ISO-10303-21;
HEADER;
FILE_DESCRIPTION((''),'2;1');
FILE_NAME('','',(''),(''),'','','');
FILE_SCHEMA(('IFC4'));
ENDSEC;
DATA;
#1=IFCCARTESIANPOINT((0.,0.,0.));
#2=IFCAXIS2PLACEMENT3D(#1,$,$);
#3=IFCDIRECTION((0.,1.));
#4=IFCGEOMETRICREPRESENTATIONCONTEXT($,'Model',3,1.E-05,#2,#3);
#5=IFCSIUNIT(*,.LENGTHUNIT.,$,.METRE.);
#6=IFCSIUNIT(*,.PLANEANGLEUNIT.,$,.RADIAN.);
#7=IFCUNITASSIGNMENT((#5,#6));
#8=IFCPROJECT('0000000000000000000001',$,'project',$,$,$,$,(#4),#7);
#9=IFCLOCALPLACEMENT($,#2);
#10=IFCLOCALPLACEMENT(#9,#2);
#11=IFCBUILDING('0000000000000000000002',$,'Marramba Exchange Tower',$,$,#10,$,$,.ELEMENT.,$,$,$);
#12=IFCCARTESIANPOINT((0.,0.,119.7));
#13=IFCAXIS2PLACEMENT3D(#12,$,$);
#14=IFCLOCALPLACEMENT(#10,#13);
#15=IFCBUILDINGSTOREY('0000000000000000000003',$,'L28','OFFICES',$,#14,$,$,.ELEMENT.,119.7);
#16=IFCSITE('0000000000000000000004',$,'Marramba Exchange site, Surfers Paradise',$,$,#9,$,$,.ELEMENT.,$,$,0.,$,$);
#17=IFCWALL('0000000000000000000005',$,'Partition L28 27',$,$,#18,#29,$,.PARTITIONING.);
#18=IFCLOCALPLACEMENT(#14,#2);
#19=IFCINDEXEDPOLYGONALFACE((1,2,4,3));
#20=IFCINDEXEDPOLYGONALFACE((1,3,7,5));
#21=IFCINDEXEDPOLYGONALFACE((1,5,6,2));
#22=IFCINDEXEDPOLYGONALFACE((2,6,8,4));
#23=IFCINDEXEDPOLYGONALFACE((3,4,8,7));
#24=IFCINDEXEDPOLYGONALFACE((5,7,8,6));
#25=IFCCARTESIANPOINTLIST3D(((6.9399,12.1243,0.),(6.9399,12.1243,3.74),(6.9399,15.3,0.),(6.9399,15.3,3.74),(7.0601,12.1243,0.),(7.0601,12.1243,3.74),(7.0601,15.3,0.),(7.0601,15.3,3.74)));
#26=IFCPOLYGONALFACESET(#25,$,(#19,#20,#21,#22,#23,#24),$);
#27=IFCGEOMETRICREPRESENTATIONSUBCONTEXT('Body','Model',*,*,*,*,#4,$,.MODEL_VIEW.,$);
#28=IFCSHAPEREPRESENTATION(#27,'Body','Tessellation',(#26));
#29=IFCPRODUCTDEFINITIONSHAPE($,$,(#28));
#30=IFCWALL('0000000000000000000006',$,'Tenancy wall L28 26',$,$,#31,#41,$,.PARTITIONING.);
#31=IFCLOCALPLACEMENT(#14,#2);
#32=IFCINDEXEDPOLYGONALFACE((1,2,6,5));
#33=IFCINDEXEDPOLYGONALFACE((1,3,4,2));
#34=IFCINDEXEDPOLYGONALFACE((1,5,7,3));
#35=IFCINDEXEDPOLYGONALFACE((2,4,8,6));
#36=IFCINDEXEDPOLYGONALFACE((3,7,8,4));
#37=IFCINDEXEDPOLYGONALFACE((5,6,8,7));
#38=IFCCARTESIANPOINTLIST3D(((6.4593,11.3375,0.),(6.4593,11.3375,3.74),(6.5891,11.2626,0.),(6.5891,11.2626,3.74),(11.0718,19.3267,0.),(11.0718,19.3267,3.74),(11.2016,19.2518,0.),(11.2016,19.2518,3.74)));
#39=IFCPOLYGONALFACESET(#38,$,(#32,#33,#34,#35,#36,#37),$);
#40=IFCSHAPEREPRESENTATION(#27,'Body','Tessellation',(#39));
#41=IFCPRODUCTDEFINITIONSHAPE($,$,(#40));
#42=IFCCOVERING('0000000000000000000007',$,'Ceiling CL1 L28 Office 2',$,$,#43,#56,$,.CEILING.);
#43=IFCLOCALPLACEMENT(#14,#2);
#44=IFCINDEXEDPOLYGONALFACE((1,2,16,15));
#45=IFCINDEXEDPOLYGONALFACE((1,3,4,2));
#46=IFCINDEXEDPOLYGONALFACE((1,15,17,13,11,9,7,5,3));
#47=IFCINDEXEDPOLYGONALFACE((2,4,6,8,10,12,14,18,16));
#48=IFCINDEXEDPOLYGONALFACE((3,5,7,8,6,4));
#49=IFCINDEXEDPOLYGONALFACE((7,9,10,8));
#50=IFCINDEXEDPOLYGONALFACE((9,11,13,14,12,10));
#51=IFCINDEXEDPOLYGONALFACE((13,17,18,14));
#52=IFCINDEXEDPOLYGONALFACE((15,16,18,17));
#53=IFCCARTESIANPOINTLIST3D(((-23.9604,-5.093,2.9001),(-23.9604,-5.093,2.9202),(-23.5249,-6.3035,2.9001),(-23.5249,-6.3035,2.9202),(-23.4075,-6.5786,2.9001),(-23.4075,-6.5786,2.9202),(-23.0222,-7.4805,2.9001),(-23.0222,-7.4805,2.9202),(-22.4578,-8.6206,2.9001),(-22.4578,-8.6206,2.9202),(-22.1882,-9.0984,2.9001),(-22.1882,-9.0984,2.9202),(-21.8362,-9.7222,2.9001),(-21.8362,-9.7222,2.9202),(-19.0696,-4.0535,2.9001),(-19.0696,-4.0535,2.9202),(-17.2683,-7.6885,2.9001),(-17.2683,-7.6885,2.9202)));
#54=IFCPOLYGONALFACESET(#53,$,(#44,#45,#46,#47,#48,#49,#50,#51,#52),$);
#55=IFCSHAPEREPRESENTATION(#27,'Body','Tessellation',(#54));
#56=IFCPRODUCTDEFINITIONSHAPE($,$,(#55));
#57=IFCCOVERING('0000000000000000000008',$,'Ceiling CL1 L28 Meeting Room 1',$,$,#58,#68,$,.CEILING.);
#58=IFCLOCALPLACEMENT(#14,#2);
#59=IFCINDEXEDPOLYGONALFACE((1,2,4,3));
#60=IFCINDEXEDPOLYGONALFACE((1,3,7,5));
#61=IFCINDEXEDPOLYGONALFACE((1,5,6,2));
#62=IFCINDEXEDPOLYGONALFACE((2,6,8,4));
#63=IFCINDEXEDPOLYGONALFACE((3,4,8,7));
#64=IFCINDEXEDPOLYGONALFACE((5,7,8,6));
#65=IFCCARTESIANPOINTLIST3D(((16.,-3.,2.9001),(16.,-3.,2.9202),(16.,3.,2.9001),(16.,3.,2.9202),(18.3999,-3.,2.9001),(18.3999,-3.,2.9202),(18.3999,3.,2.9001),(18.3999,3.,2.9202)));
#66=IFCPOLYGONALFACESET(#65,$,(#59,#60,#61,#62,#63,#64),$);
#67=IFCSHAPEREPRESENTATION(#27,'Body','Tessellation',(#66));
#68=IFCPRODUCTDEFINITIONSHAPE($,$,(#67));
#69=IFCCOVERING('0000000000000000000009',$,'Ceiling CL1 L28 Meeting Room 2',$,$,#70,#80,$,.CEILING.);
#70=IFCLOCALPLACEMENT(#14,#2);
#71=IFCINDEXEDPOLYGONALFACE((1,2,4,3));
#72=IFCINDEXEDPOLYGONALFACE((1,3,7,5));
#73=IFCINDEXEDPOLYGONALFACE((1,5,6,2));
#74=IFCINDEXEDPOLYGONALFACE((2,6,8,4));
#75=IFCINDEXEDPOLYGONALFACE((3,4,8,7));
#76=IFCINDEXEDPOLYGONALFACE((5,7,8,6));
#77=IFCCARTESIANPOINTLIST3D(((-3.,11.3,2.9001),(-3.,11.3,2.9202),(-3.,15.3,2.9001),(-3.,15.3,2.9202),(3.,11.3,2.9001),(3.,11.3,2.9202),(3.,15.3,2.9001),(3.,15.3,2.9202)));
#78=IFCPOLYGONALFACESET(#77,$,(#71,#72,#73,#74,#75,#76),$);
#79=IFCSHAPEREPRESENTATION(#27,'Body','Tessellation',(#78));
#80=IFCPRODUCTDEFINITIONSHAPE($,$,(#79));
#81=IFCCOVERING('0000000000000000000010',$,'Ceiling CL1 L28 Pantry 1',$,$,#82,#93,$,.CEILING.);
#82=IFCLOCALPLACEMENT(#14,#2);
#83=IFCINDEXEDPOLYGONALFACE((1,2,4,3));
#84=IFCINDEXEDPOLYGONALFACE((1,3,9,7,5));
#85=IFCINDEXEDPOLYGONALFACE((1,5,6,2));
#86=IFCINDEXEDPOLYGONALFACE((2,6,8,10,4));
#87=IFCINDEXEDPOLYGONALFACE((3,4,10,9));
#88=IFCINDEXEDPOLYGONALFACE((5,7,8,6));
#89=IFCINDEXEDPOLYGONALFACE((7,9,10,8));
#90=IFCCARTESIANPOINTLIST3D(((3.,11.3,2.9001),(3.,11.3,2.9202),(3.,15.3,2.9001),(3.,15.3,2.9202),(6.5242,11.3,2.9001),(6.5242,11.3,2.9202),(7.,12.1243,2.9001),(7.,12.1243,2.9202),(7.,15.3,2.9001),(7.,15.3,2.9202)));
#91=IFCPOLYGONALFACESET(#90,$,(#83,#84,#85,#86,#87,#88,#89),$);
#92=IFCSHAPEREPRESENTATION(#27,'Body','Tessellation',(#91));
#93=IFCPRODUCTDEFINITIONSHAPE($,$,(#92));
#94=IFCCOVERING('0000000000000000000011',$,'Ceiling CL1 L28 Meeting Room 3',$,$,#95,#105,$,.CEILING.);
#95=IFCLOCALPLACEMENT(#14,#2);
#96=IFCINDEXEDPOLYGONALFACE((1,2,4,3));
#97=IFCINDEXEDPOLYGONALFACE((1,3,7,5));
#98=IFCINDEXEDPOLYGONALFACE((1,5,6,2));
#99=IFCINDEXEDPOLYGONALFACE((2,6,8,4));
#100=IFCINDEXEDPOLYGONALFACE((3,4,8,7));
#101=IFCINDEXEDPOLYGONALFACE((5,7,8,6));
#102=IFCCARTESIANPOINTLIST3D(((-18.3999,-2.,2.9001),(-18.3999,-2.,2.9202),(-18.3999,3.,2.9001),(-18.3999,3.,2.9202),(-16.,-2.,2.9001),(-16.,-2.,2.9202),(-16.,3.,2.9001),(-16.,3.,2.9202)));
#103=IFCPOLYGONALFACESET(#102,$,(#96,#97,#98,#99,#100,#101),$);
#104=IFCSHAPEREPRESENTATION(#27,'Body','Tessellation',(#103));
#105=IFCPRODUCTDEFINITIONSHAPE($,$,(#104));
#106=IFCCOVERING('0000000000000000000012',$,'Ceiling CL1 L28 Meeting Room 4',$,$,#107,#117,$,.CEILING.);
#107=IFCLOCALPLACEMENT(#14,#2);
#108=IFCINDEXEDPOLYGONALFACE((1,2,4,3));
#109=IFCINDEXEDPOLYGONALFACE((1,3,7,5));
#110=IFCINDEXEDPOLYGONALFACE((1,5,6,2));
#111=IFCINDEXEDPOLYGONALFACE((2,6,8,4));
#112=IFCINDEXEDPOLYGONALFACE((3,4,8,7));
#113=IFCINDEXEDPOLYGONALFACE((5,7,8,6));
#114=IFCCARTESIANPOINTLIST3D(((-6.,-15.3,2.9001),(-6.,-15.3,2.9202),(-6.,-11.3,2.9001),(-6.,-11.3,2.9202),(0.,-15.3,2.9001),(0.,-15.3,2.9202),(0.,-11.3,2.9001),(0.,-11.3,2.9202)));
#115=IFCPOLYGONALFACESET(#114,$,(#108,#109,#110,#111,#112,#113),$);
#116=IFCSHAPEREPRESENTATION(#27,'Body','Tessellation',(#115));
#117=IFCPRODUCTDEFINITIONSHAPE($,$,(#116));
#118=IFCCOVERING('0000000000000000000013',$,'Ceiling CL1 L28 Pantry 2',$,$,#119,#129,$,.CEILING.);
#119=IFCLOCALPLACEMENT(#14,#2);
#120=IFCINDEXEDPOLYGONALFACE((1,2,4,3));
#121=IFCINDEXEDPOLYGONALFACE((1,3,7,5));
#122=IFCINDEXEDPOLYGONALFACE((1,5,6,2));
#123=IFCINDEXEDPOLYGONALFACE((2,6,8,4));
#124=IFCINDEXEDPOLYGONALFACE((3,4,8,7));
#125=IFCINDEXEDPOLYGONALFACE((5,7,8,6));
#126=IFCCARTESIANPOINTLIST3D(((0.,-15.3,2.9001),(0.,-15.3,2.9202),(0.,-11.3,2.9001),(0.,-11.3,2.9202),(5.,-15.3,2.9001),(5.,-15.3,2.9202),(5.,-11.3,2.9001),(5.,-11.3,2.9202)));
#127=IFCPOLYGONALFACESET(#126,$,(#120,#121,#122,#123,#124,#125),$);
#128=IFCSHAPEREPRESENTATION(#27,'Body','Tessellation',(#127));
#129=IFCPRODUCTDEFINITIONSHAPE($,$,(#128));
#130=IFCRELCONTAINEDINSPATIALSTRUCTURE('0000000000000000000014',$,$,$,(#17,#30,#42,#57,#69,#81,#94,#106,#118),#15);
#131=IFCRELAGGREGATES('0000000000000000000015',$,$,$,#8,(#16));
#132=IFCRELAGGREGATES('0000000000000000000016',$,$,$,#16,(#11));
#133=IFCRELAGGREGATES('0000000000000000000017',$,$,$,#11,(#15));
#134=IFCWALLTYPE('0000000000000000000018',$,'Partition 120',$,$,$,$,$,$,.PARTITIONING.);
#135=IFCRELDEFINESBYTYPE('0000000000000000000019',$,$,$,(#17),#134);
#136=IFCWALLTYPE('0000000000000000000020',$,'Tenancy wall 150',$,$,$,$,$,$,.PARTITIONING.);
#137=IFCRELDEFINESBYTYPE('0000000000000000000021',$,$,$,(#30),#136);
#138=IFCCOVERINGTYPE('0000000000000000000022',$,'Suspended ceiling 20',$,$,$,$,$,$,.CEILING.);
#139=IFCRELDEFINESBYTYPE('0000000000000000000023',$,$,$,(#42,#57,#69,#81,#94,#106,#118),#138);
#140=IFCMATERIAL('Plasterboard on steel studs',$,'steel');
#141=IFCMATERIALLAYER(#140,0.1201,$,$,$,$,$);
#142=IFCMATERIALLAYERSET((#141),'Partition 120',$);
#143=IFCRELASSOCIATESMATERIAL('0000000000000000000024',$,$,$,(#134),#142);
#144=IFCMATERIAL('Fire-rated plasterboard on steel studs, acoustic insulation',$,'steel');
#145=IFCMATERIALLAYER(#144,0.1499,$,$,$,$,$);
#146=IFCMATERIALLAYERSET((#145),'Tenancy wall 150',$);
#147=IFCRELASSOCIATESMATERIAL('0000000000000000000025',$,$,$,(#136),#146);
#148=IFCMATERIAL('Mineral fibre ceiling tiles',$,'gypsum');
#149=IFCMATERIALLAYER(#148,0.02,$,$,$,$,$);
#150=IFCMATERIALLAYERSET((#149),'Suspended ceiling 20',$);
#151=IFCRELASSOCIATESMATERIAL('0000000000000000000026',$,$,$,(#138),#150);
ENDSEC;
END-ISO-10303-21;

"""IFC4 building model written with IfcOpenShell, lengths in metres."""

from ifc_helpers import new_model, si_unit, direction, frame, frame_2d, origin, place, context, subcontext, project, spatial, polyline, rectangle, outline, extrude, material, layer, layer_set, type_object, element, save


model = new_model("IFC4")

# Units and contexts
model_context = context("Model", 3, precision=1e-05, world=origin(), true_north=direction((0.0, 1.0)))
body_context = subcontext(model_context, "Body", "Model", "MODEL_VIEW")
ifc_project = project(units=[si_unit("LENGTHUNIT", "METRE"), si_unit("PLANEANGLEUNIT", "RADIAN")], contexts=[model_context])

# Site, building, storey
site_placement = place(None, origin())
site = spatial("IfcSite", under=ifc_project, at=site_placement, Name="Marramba Exchange site, Surfers Paradise", CompositionType="ELEMENT", RefElevation=0.0)
building_placement = place(site_placement, origin())
building = spatial("IfcBuilding", under=site, at=building_placement, Name="Marramba Exchange Tower", CompositionType="ELEMENT")
storey_placement = place(building_placement, frame((0.0, 0.0, 119.7)))
storey = spatial("IfcBuildingStorey", under=building, at=storey_placement, Name="L28", Description="OFFICES", CompositionType="ELEMENT", Elevation=119.7)

# Walls
ifc_material_1 = material(Name="Plasterboard on steel studs", Category="steel")
ifc_layer_1 = layer(ifc_material_1, 0.1201)
ifc_layer_set_1 = layer_set([ifc_layer_1], Name="Partition 120")
wall_type_1 = type_object("IfcWallType", Name="Partition 120", PredefinedType="PARTITIONING", material=ifc_layer_set_1)
wall_1_placement = place(storey_placement, frame((7.0, 12.1243, 0.0), z_axis=(0.0, 0.0, 1.0), x_axis=(0.0, 1.0, 0.0)))
element("IfcWall", 1, at=wall_1_placement, inside=storey, type_object=wall_type_1, Name="Partition L28 27", PredefinedType="PARTITIONING", context=body_context, shape_type="SweptSolid", body=[
    extrude(rectangle(XDim=3.1758, YDim=0.1201, at=frame_2d((1.5879, 0.0))), origin(), (0.0, 0.0, 1.0), 3.74),
])
ifc_material_2 = material(Name="Fire-rated plasterboard on steel studs, acoustic insulation", Category="steel")
ifc_layer_2 = layer(ifc_material_2, 0.1499)
ifc_layer_set_2 = layer_set([ifc_layer_2], Name="Tenancy wall 150")
wall_type_2 = type_object("IfcWallType", Name="Tenancy wall 150", PredefinedType="PARTITIONING", material=ifc_layer_set_2)
wall_2_placement = place(storey_placement, frame((6.5242, 11.3, 0.0), z_axis=(0.0, 0.0, 1.0), x_axis=(0.499996, 0.866028, 0.0)))
element("IfcWall", 2, at=wall_2_placement, inside=storey, type_object=wall_type_2, Name="Tenancy wall L28 26", PredefinedType="PARTITIONING", context=body_context, shape_type="SweptSolid", body=[
    extrude(rectangle(XDim=9.2251, YDim=0.1499, at=frame_2d((4.6125, 0.0))), origin(), (0.0, 0.0, 1.0), 3.74),
])

# Coverings
ifc_material_3 = material(Name="Mineral fibre ceiling tiles", Category="gypsum")
ifc_layer_3 = layer(ifc_material_3, 0.02)
ifc_layer_set_3 = layer_set([ifc_layer_3], Name="Suspended ceiling 20")
covering_type = type_object("IfcCoveringType", Name="Suspended ceiling 20", PredefinedType="CEILING", material=ifc_layer_set_3)
covering_1_placement = place(storey_placement, frame((0.0, 0.0, 2.9001)))
element("IfcCovering", 3, at=covering_1_placement, inside=storey, type_object=covering_type, Name="Ceiling CL1 L28 Office 2", PredefinedType="CEILING", context=body_context, shape_type="SweptSolid", body=[
    extrude(outline(polyline([(-22.1882, -9.0984), (-22.4578, -8.6206), (-23.0222, -7.4805), (-23.4075, -6.5786), (-23.5249, -6.3035), (-23.9604, -5.093), (-19.0696, -4.0535), (-17.2683, -7.6885), (-21.8362, -9.7222), (-22.1882, -9.0984)])), origin(), (0.0, 0.0, 1.0), 0.02),
])
covering_2_placement = place(storey_placement, frame((0.0, 0.0, 2.9001)))
element("IfcCovering", 4, at=covering_2_placement, inside=storey, type_object=covering_type, Name="Ceiling CL1 L28 Meeting Room 1", PredefinedType="CEILING", context=body_context, shape_type="SweptSolid", body=[
    extrude(outline(polyline([(18.3999, -3.0), (16.0, -3.0), (16.0, 3.0), (18.3999, 3.0), (18.3999, -3.0)])), origin(), (0.0, 0.0, 1.0), 0.02),
])
covering_3_placement = place(storey_placement, frame((0.0, 0.0, 2.9001)))
element("IfcCovering", 5, at=covering_3_placement, inside=storey, type_object=covering_type, Name="Ceiling CL1 L28 Meeting Room 2", PredefinedType="CEILING", context=body_context, shape_type="SweptSolid", body=[
    extrude(outline(polyline([(3.0, 11.3), (-3.0, 11.3), (-3.0, 15.3), (3.0, 15.3), (3.0, 11.3)])), origin(), (0.0, 0.0, 1.0), 0.02),
])
covering_4_placement = place(storey_placement, frame((0.0, 0.0, 2.9001)))
element("IfcCovering", 6, at=covering_4_placement, inside=storey, type_object=covering_type, Name="Ceiling CL1 L28 Pantry 1", PredefinedType="CEILING", context=body_context, shape_type="SweptSolid", body=[
    extrude(outline(polyline([(7.0, 12.1243), (6.5242, 11.3), (3.0, 11.3), (3.0, 15.3), (7.0, 15.3), (7.0, 12.1243)])), origin(), (0.0, 0.0, 1.0), 0.02),
])
covering_5_placement = place(storey_placement, frame((0.0, 0.0, 2.9001)))
element("IfcCovering", 7, at=covering_5_placement, inside=storey, type_object=covering_type, Name="Ceiling CL1 L28 Meeting Room 3", PredefinedType="CEILING", context=body_context, shape_type="SweptSolid", body=[
    extrude(outline(polyline([(-16.0, -2.0), (-18.3999, -2.0), (-18.3999, 3.0), (-16.0, 3.0), (-16.0, -2.0)])), origin(), (0.0, 0.0, 1.0), 0.02),
])
covering_6_placement = place(storey_placement, frame((0.0, 0.0, 2.9001)))
element("IfcCovering", 8, at=covering_6_placement, inside=storey, type_object=covering_type, Name="Ceiling CL1 L28 Meeting Room 4", PredefinedType="CEILING", context=body_context, shape_type="SweptSolid", body=[
    extrude(outline(polyline([(0.0, -15.3), (-6.0, -15.3), (-6.0, -11.3), (0.0, -11.3), (0.0, -15.3)])), origin(), (0.0, 0.0, 1.0), 0.02),
])
covering_7_placement = place(storey_placement, frame((0.0, 0.0, 2.9001)))
element("IfcCovering", 9, at=covering_7_placement, inside=storey, type_object=covering_type, Name="Ceiling CL1 L28 Pantry 2", PredefinedType="CEILING", context=body_context, shape_type="SweptSolid", body=[
    extrude(outline(polyline([(5.0, -15.3), (0.0, -15.3), (0.0, -11.3), (5.0, -11.3), (5.0, -15.3)])), origin(), (0.0, 0.0, 1.0), 0.02),
])

save(model, "model.ifc")
